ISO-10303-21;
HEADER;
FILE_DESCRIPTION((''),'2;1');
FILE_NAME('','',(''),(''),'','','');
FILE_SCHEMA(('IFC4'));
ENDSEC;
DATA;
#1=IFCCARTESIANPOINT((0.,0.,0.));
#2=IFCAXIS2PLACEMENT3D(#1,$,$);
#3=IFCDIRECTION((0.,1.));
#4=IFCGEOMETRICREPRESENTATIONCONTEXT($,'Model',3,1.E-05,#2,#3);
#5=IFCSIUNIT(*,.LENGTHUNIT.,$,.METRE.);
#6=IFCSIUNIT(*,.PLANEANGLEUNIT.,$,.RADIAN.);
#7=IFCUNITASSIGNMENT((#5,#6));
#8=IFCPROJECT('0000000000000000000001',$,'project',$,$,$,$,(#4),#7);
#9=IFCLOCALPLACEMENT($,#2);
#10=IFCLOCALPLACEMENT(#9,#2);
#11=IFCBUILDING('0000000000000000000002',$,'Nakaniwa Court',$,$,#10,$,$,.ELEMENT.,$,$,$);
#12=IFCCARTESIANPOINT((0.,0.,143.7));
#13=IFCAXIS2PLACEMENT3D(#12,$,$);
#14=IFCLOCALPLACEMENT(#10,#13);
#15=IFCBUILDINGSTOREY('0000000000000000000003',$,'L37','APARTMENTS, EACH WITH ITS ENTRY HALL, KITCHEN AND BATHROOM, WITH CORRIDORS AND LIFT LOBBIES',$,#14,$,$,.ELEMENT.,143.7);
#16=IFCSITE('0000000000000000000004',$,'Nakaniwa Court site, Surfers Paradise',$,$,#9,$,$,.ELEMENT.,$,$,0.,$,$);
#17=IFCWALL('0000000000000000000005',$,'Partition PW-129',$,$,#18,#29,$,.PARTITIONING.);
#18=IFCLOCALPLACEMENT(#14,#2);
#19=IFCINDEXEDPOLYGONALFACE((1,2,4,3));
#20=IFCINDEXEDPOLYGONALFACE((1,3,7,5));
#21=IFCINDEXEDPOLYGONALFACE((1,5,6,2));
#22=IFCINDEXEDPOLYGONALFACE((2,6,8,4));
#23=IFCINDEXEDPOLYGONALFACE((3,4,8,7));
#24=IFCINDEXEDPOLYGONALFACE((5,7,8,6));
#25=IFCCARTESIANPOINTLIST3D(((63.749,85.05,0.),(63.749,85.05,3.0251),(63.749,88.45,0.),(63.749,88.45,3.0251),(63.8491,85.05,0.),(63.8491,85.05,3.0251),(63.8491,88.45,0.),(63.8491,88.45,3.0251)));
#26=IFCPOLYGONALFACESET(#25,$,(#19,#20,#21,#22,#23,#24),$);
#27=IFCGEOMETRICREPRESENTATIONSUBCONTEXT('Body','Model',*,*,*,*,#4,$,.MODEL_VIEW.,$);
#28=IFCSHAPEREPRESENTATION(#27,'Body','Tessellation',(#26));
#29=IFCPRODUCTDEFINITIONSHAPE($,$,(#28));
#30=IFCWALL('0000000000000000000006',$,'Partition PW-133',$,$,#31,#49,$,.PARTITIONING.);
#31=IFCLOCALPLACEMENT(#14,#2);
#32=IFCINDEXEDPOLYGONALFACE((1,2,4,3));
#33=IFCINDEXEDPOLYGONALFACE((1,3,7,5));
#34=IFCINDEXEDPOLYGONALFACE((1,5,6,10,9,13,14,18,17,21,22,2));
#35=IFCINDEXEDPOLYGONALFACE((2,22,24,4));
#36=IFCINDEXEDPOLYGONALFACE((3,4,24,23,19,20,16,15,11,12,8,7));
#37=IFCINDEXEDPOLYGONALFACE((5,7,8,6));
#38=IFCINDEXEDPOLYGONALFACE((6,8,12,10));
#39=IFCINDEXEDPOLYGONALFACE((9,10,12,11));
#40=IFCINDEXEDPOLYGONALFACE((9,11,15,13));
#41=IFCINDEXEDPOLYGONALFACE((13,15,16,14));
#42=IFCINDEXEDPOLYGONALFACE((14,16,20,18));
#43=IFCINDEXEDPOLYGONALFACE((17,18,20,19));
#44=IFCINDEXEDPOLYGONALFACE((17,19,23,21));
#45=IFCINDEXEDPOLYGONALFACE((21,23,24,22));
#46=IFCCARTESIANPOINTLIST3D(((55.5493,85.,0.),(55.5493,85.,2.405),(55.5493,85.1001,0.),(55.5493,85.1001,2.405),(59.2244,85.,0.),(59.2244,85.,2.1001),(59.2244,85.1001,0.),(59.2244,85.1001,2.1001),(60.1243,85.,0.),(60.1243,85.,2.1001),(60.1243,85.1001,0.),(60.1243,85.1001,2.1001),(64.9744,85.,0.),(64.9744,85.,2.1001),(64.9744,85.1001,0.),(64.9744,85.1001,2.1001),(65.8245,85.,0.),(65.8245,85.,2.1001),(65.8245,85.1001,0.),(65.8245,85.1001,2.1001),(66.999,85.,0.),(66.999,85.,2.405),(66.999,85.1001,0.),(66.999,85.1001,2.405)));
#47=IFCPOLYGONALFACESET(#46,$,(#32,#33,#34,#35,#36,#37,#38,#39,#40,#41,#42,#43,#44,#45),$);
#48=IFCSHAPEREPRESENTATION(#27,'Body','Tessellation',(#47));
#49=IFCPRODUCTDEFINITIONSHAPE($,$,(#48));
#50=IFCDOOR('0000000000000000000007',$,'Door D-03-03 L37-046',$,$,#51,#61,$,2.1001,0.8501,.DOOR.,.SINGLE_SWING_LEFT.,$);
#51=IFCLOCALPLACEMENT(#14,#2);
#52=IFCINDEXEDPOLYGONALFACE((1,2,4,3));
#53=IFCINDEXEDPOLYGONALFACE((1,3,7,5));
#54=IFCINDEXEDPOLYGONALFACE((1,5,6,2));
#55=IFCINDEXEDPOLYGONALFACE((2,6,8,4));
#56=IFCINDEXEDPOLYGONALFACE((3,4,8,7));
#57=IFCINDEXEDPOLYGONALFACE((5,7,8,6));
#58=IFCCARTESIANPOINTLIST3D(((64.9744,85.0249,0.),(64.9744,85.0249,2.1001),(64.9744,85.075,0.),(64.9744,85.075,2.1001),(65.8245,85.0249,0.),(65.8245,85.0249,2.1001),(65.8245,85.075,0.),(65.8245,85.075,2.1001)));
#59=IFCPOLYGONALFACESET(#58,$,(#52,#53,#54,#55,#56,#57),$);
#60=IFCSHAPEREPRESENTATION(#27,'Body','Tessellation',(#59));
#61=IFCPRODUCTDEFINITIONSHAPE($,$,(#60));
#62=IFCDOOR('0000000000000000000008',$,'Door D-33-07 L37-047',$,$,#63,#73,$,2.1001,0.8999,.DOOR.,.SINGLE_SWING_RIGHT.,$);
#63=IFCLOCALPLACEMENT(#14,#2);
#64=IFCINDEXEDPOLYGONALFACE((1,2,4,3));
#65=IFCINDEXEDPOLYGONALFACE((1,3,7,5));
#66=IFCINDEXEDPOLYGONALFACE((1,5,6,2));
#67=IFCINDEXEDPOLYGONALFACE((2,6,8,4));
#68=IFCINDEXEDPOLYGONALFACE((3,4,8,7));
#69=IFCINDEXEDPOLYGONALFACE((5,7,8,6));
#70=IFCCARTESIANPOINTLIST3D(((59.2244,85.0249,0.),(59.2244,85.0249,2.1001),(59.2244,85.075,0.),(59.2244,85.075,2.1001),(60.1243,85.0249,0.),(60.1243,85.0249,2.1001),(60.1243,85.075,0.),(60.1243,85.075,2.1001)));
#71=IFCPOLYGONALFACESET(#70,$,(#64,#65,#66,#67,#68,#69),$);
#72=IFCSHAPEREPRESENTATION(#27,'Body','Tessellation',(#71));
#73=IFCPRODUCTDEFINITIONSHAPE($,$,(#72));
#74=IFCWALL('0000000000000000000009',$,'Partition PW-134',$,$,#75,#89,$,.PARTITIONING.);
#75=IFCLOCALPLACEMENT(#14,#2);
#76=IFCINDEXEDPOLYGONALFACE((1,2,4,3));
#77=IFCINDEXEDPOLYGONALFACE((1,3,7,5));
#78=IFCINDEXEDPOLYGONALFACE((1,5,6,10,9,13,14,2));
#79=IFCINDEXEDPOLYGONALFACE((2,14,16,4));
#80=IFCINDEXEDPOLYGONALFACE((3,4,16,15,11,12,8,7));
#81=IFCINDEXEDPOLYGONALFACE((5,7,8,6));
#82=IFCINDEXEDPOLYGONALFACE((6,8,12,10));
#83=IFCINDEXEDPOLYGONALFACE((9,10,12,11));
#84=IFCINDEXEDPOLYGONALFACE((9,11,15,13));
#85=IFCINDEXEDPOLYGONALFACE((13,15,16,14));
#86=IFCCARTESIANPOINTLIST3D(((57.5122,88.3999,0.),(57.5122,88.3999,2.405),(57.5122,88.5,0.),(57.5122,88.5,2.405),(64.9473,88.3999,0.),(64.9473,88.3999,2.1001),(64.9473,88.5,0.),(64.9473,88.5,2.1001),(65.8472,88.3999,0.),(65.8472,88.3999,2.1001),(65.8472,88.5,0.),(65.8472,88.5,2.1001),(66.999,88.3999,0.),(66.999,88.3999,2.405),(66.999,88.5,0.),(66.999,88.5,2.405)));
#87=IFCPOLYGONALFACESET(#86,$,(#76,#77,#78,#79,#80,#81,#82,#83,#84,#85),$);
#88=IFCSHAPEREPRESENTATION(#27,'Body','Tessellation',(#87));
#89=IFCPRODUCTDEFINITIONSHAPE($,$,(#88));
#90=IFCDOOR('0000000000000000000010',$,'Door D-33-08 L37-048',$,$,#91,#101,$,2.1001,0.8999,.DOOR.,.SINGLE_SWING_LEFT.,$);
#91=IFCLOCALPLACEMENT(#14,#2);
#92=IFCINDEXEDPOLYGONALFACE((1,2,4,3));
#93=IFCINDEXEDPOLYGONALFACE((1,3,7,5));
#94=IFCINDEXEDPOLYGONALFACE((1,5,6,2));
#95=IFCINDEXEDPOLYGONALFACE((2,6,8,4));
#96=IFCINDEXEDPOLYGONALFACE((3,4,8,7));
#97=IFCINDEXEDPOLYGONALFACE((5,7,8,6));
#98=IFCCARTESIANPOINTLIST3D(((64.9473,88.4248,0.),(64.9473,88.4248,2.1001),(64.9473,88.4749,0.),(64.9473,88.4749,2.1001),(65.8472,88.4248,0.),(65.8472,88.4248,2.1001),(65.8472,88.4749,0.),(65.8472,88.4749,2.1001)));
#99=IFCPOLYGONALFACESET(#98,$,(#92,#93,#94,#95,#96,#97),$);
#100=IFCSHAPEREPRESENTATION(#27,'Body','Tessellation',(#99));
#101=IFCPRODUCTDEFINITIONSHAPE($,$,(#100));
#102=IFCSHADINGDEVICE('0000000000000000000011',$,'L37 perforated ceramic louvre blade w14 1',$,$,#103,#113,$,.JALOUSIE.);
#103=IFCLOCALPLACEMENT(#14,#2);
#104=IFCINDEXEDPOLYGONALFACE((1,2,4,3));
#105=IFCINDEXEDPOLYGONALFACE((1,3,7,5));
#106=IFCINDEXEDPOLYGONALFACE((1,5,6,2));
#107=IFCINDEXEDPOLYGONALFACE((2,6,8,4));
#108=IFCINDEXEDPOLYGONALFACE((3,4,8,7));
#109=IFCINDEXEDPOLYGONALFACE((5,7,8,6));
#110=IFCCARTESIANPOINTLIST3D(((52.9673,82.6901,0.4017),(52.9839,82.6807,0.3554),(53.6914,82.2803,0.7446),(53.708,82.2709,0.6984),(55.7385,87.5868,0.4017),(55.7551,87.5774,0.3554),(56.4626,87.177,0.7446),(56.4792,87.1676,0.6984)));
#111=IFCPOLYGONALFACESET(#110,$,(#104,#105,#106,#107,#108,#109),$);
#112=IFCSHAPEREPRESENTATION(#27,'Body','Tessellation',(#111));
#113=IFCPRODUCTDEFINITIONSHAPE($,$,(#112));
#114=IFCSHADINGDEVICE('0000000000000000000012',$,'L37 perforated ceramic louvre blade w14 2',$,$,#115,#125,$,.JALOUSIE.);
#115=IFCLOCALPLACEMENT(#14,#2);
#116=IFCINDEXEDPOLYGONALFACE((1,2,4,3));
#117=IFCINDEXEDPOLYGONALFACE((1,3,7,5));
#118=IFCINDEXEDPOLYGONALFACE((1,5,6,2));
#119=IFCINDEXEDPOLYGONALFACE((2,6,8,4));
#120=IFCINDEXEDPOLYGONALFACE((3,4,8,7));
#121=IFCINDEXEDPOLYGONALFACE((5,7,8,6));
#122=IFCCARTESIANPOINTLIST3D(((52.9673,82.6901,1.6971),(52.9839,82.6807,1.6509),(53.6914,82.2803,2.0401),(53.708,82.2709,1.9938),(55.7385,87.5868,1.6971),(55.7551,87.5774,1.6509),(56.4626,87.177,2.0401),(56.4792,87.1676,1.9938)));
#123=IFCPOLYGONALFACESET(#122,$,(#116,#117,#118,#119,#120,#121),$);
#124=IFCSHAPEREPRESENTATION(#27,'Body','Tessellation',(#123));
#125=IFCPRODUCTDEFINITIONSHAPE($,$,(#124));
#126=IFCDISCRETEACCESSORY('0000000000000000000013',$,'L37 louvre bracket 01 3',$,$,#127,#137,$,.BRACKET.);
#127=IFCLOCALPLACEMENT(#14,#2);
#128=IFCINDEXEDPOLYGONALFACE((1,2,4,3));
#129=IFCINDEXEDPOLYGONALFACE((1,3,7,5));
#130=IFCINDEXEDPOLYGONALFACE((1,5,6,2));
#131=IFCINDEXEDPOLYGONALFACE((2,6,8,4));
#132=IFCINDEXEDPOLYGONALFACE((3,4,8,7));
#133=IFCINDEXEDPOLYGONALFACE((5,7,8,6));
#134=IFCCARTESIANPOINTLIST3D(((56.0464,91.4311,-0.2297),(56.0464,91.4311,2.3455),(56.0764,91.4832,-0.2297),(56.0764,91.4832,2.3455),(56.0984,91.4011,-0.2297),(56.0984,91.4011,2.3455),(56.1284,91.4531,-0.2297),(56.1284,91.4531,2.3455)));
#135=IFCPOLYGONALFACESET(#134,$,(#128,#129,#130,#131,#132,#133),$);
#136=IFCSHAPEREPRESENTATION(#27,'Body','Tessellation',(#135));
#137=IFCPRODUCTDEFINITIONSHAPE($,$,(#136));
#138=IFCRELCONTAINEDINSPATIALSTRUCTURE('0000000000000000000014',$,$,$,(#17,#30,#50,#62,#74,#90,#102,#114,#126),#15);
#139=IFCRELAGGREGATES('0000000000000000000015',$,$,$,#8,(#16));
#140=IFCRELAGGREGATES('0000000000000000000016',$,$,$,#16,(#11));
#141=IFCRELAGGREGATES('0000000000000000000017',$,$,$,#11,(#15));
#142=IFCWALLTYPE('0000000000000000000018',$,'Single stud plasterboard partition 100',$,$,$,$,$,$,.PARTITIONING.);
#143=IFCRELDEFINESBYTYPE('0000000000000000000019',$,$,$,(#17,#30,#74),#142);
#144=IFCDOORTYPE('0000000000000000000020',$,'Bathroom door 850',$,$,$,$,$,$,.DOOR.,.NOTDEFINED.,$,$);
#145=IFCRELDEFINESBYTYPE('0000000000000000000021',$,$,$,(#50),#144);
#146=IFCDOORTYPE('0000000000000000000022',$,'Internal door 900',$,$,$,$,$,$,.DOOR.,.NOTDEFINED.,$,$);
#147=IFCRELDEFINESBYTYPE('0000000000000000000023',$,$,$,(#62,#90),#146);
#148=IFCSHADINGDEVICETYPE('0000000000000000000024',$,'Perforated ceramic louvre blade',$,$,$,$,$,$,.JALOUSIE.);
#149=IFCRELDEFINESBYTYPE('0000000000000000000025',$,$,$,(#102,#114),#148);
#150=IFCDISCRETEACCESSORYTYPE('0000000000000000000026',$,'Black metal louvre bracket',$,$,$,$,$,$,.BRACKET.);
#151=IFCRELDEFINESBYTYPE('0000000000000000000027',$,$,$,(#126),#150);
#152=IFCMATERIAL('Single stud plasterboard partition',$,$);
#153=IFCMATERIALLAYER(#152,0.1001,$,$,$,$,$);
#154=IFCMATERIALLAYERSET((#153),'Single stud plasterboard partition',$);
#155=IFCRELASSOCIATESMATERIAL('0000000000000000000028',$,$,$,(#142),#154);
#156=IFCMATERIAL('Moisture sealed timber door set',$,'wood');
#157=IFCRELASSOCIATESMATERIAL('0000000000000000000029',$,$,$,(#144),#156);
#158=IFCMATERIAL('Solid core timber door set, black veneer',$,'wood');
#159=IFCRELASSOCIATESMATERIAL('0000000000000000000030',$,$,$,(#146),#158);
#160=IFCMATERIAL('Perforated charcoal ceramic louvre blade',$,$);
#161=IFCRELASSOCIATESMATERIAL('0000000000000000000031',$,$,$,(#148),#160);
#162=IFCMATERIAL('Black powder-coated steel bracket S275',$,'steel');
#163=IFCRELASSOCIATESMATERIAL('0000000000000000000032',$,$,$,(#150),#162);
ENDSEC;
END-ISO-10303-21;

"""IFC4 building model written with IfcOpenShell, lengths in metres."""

from ifc_helpers import new_model, si_unit, direction, frame, frame_2d, origin, origin_2d, place, context, subcontext, project, spatial, rectangle, extrude, material, layer, layer_set, material_profile, profile_set, type_object, element, fill, save


model = new_model("IFC4")

# Units and contexts
model_context = context("Model", 3, precision=1e-05, world=origin(), true_north=direction((0.0, 1.0)))
body_context = subcontext(model_context, "Body", "Model", "MODEL_VIEW")
ifc_project = project(units=[si_unit("LENGTHUNIT", "METRE"), si_unit("PLANEANGLEUNIT", "RADIAN")], contexts=[model_context])

# Site, building, storey
site_placement = place(None, origin())
site = spatial("IfcSite", under=ifc_project, at=site_placement, Name="Nakaniwa Court site, Surfers Paradise", CompositionType="ELEMENT", RefElevation=0.0)
building_placement = place(site_placement, origin())
building = spatial("IfcBuilding", under=site, at=building_placement, Name="Nakaniwa Court", CompositionType="ELEMENT")
storey_placement = place(building_placement, frame((0.0, 0.0, 143.7)))
storey = spatial("IfcBuildingStorey", under=building, at=storey_placement, Name="L37", Description="APARTMENTS, EACH WITH ITS ENTRY HALL, KITCHEN AND BATHROOM, WITH CORRIDORS AND LIFT LOBBIES", CompositionType="ELEMENT", Elevation=143.7)

# Wall
ifc_material_1 = material(Name="Single stud plasterboard partition")
ifc_layer_1 = layer(ifc_material_1, 0.1001)
ifc_layer_set_1 = layer_set([ifc_layer_1], Name="Single stud plasterboard partition")
wall_type_1 = type_object("IfcWallType", Name="Single stud plasterboard partition 100", PredefinedType="PARTITIONING", material=ifc_layer_set_1)
wall_1_placement = place(storey_placement, frame((63.7991, 85.05, 0.0), z_axis=(0.0, 0.0, 1.0), x_axis=(0.0, 1.0, 0.0)))
element("IfcWall", 1, at=wall_1_placement, inside=storey, type_object=wall_type_1, Name="Partition PW-129", PredefinedType="PARTITIONING", context=body_context, shape_type="SweptSolid", body=[
    extrude(rectangle(XDim=3.3999, YDim=0.1001, at=frame_2d((1.7, 0.0))), origin(), (0.0, 0.0, 1.0), 3.0251),
])

# Wall, openings, doors
wall_2_placement = place(storey_placement, frame((55.5493, 85.05, 0.0), z_axis=(0.0, 0.0, 1.0), x_axis=(1.0, 0.0, 0.0)))
wall_2 = element("IfcWall", 2, at=wall_2_placement, inside=storey, type_object=wall_type_1, Name="Partition PW-133", PredefinedType="PARTITIONING", context=body_context, shape_type="SweptSolid", body=[
    extrude(rectangle(XDim=11.4497, YDim=0.1001, at=frame_2d((5.7249, 0.0))), origin(), (0.0, 0.0, 1.0), 2.405),
])
opening_1_placement = place(wall_2_placement, frame((9.425, 0.0, 0.0)))
opening_1 = element("IfcOpeningElement", 3, at=opening_1_placement, cuts=wall_2, PredefinedType="OPENING", context=body_context, shape_type="SweptSolid", body=[
    extrude(rectangle(XDim=0.8501, YDim=2.1001, at=frame_2d((0.425, 1.05))), frame((0.0, 0.0601, 0.0), z_axis=(0.0, -1.0, 0.0), x_axis=(1.0, 0.0, 0.0)), (0.0, 0.0, 1.0), 0.1201),
])
opening_2_placement = place(wall_2_placement, frame((3.675, 0.0, 0.0)))
opening_2 = element("IfcOpeningElement", 4, at=opening_2_placement, cuts=wall_2, PredefinedType="OPENING", context=body_context, shape_type="SweptSolid", body=[
    extrude(rectangle(XDim=0.8999, YDim=2.1001, at=frame_2d((0.45, 1.05))), frame((0.0, 0.0601, 0.0), z_axis=(0.0, -1.0, 0.0), x_axis=(1.0, 0.0, 0.0)), (0.0, 0.0, 1.0), 0.1201),
])
ifc_material_2 = material(Name="Moisture sealed timber door set", Category="wood")
door_type_1 = type_object("IfcDoorType", Name="Bathroom door 850", OperationType="NOTDEFINED", PredefinedType="DOOR", material=ifc_material_2)
door_1_placement = place(opening_1_placement, origin())
door_1 = element("IfcDoor", 5, at=door_1_placement, inside=storey, type_object=door_type_1, Name="Door D-03-03 L37-046", OperationType="SINGLE_SWING_LEFT", OverallHeight=2.1001, OverallWidth=0.8501, PredefinedType="DOOR", context=body_context, shape_type="SweptSolid", body=[
    extrude(rectangle(XDim=0.8501, YDim=2.1001, at=frame_2d((0.425, 1.05))), frame((0.0, 0.0249, 0.0), z_axis=(0.0, -1.0, 0.0), x_axis=(1.0, 0.0, 0.0)), (0.0, 0.0, 1.0), 0.05),
])
fill(opening_1, door_1)
ifc_material_3 = material(Name="Solid core timber door set, black veneer", Category="wood")
door_type_2 = type_object("IfcDoorType", Name="Internal door 900", OperationType="NOTDEFINED", PredefinedType="DOOR", material=ifc_material_3)
door_2_placement = place(opening_2_placement, origin())
door_2 = element("IfcDoor", 6, at=door_2_placement, inside=storey, type_object=door_type_2, Name="Door D-33-07 L37-047", OperationType="SINGLE_SWING_RIGHT", OverallHeight=2.1001, OverallWidth=0.8999, PredefinedType="DOOR", context=body_context, shape_type="SweptSolid", body=[
    extrude(rectangle(XDim=0.8999, YDim=2.1001, at=frame_2d((0.45, 1.05))), frame((0.0, 0.0249, 0.0), z_axis=(0.0, -1.0, 0.0), x_axis=(1.0, 0.0, 0.0)), (0.0, 0.0, 1.0), 0.05),
])
fill(opening_2, door_2)

# Wall, opening, door
wall_3_placement = place(storey_placement, frame((57.5122, 88.45, 0.0), z_axis=(0.0, 0.0, 1.0), x_axis=(1.0, 0.0, 0.0)))
wall_3 = element("IfcWall", 7, at=wall_3_placement, inside=storey, type_object=wall_type_1, Name="Partition PW-134", PredefinedType="PARTITIONING", context=body_context, shape_type="SweptSolid", body=[
    extrude(rectangle(XDim=9.4868, YDim=0.1001, at=frame_2d((4.7434, 0.0))), origin(), (0.0, 0.0, 1.0), 2.405),
])
opening_3_placement = place(wall_3_placement, frame((7.4351, 0.0, 0.0)))
opening_3 = element("IfcOpeningElement", 8, at=opening_3_placement, cuts=wall_3, PredefinedType="OPENING", context=body_context, shape_type="SweptSolid", body=[
    extrude(rectangle(XDim=0.8999, YDim=2.1001, at=frame_2d((0.45, 1.05))), frame((0.0, 0.0601, 0.0), z_axis=(0.0, -1.0, 0.0), x_axis=(1.0, 0.0, 0.0)), (0.0, 0.0, 1.0), 0.1201),
])
door_3_placement = place(opening_3_placement, origin())
door_3 = element("IfcDoor", 9, at=door_3_placement, inside=storey, type_object=door_type_2, Name="Door D-33-08 L37-048", OperationType="SINGLE_SWING_LEFT", OverallHeight=2.1001, OverallWidth=0.8999, PredefinedType="DOOR", context=body_context, shape_type="SweptSolid", body=[
    extrude(rectangle(XDim=0.8999, YDim=2.1001, at=frame_2d((0.45, 1.05))), frame((0.0, 0.0249, 0.0), z_axis=(0.0, -1.0, 0.0), x_axis=(1.0, 0.0, 0.0)), (0.0, 0.0, 1.0), 0.05),
])
fill(opening_3, door_3)

# Shading devices
ifc_material_4 = material(Name="Perforated charcoal ceramic louvre blade")
ifc_material_profile_1 = material_profile(ifc_material_4, rectangle(XDim=0.8999, YDim=0.05, at=origin_2d()), Name="Perforated ceramic louvre blade")
ifc_profile_set_1 = profile_set([ifc_material_profile_1], Name="Perforated charcoal ceramic louvre blade")
shading_device_type = type_object("IfcShadingDeviceType", Name="Perforated ceramic louvre blade", PredefinedType="JALOUSIE", material=ifc_profile_set_1)
for number, where, z_axis, x_axis, name in (
    (10, (56.1089, 87.3772, 0.55), (-0.492532, -0.870294, 0.0), (0.804627, -0.455368, 0.38107), "L37 perforated ceramic louvre blade w14 1"),
    (11, (56.1089, 87.3772, 1.8455), (-0.492532, -0.870294, 0.0), (0.804627, -0.455368, 0.38107), "L37 perforated ceramic louvre blade w14 2"),
):
    element("IfcShadingDevice", number, at=place(storey_placement, frame(where, z_axis=z_axis, x_axis=x_axis)), inside=storey, type_object=shading_device_type, Name=name, PredefinedType="JALOUSIE", context=body_context, shape_type="SweptSolid", body=[
        extrude(rectangle(XDim=0.8999, YDim=0.05, at=origin_2d()), origin(), (0.0, 0.0, 1.0), 5.6265),
    ])

# Discrete accessory
ifc_material_5 = material(Name="Black powder-coated steel bracket S275", Category="steel")
discrete_accessory_type = type_object("IfcDiscreteAccessoryType", Name="Black metal louvre bracket", PredefinedType="BRACKET", material=ifc_material_5)
discrete_accessory_placement = place(storey_placement, frame((56.0874, 91.4421, -0.2297), z_axis=(0.0, 0.0, 1.0), x_axis=(-0.500005, -0.866023, 0.0)))
element("IfcDiscreteAccessory", 12, at=discrete_accessory_placement, inside=storey, type_object=discrete_accessory_type, Name="L37 louvre bracket 01 3", PredefinedType="BRACKET", context=body_context, shape_type="SweptSolid", body=[
    extrude(rectangle(XDim=0.0601, YDim=0.0601, at=origin_2d()), origin(), (0.0, 0.0, 1.0), 2.5752),
])

save(model, "model.ifc")
